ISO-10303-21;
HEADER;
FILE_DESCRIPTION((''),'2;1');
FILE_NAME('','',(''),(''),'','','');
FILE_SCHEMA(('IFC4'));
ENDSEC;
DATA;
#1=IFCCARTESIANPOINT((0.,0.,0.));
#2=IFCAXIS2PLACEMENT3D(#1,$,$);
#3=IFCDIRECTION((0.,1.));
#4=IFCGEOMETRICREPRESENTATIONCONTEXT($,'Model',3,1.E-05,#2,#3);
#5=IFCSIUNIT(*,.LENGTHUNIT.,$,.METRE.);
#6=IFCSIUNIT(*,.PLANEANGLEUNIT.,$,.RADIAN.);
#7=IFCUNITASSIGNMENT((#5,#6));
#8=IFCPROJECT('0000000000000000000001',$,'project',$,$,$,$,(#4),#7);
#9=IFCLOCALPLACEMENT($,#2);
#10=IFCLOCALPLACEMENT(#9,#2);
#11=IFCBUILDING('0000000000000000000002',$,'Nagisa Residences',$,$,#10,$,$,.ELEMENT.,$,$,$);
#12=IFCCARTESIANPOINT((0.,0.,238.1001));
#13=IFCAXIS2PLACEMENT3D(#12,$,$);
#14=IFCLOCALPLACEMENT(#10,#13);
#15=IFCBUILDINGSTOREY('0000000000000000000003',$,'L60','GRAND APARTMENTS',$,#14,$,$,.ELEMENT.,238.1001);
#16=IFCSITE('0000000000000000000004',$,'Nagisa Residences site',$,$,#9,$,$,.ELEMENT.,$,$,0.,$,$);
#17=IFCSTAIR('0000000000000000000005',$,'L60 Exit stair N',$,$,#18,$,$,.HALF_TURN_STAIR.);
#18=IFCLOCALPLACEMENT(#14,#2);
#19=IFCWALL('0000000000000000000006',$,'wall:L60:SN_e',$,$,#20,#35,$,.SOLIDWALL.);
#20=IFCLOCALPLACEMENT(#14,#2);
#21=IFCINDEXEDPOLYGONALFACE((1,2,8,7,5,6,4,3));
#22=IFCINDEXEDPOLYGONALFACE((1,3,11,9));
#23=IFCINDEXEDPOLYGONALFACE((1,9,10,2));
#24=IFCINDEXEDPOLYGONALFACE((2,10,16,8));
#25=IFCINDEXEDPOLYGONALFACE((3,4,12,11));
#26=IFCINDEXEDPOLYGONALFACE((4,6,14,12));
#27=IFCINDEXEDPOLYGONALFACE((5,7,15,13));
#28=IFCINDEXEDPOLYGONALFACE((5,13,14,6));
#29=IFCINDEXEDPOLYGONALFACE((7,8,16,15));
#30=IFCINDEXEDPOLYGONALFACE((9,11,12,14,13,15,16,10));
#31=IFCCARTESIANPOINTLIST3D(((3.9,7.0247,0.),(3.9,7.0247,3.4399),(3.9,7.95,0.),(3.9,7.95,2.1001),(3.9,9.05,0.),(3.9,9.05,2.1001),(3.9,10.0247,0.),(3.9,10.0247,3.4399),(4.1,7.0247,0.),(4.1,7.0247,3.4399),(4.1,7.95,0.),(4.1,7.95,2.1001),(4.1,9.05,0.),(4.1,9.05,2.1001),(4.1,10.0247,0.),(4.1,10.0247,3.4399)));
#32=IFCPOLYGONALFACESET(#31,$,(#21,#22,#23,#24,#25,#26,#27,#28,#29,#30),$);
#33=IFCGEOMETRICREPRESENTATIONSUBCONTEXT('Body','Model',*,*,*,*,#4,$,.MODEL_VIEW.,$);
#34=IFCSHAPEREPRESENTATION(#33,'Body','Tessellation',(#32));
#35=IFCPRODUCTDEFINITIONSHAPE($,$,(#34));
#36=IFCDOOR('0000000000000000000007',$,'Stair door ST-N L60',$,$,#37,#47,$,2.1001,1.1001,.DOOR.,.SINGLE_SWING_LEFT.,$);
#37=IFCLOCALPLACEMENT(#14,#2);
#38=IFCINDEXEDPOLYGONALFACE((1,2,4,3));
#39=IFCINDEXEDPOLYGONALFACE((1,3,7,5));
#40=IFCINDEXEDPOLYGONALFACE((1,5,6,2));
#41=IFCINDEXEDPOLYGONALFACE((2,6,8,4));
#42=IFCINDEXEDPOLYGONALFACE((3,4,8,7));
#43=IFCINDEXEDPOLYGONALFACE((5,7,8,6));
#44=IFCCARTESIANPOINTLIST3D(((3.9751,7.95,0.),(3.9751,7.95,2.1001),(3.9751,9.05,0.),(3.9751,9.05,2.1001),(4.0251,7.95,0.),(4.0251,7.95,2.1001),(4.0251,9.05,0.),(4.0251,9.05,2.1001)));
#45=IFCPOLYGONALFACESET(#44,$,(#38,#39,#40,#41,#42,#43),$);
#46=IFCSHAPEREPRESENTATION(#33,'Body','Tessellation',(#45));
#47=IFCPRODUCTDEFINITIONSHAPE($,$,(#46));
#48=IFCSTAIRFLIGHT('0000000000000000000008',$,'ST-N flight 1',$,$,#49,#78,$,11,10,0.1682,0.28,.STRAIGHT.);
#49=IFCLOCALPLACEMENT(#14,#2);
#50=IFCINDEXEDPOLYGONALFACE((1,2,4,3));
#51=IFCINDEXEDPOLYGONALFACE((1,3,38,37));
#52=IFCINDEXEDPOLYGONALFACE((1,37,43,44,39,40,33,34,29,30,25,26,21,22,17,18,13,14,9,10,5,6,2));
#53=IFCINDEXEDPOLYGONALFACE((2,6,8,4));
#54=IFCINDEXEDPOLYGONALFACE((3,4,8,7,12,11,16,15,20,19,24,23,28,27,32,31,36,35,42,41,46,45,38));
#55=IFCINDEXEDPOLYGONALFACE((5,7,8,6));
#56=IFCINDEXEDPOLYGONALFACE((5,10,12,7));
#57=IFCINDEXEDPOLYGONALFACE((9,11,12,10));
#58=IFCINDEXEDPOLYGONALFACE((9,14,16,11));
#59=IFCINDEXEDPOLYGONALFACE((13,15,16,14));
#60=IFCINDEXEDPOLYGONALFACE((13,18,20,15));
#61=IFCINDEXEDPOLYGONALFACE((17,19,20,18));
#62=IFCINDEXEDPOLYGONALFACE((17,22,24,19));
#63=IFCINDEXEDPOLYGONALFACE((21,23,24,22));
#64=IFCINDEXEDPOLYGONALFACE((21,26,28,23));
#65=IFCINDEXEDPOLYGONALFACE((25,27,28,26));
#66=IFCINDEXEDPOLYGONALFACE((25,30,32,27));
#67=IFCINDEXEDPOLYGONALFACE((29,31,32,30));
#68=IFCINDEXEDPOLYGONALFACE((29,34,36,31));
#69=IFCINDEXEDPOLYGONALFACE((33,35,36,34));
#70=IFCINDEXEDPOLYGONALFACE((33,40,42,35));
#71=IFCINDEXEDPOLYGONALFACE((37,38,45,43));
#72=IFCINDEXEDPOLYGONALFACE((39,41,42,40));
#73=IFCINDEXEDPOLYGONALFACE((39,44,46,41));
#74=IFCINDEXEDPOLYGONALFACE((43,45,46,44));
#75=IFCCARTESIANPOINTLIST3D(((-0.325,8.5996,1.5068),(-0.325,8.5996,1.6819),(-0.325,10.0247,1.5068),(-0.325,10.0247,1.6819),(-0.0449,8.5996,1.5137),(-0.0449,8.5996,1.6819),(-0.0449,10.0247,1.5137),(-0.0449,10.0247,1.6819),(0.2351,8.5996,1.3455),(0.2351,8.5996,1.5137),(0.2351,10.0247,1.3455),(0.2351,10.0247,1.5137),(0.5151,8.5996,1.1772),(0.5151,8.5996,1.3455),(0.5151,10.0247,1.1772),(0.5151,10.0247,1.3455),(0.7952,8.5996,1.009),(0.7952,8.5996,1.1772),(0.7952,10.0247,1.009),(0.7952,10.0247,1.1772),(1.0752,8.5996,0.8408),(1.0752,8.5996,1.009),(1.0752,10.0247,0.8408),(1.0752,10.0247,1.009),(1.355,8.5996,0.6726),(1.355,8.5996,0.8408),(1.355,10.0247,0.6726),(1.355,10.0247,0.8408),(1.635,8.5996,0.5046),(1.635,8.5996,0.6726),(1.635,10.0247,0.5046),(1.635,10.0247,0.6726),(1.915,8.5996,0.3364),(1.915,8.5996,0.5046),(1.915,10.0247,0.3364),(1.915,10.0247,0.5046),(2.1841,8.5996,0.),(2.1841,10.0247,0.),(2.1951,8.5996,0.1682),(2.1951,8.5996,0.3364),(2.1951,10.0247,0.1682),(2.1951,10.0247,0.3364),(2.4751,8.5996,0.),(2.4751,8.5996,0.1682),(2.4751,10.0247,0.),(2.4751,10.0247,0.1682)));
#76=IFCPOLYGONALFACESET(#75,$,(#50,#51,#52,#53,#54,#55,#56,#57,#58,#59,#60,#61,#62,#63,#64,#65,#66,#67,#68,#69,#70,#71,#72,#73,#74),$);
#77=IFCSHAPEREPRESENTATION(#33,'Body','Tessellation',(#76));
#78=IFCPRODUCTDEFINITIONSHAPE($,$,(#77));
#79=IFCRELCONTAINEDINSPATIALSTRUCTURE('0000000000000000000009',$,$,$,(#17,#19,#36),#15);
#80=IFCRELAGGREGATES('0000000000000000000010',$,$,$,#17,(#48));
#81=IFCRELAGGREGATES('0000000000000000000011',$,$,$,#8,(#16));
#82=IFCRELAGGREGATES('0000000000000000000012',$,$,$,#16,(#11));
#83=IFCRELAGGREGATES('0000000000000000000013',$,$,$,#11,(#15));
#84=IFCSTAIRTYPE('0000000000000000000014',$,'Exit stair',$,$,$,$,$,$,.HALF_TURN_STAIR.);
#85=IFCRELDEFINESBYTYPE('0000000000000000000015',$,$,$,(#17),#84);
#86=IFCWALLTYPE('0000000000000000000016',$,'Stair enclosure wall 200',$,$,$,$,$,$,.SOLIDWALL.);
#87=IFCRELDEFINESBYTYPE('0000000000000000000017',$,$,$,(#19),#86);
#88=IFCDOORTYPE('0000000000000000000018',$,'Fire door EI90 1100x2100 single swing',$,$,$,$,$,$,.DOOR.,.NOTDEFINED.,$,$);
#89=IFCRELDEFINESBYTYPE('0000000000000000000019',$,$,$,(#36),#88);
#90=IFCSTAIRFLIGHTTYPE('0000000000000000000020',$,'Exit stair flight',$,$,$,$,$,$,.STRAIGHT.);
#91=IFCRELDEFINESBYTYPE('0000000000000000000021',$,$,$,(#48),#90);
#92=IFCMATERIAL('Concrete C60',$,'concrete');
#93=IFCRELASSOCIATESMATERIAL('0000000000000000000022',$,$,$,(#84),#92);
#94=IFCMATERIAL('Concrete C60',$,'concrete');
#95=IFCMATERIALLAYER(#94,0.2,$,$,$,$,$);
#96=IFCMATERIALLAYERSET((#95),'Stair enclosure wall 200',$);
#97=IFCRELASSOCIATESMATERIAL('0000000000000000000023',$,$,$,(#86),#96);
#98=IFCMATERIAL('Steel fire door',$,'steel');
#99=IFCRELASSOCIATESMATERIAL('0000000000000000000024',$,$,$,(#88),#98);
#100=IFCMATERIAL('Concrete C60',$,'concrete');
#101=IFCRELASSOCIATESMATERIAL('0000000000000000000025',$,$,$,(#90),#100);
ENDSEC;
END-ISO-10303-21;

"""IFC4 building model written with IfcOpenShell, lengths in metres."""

from ifc_helpers import new_model, si_unit, direction, frame, frame_2d, origin, place, context, subcontext, project, spatial, polyline, rectangle, outline, extrude, material, layer, layer_set, type_object, element, fill, aggregate, save


model = new_model("IFC4")

# Units and contexts
model_context = context("Model", 3, precision=1e-05, world=origin(), true_north=direction((0.0, 1.0)))
body_context = subcontext(model_context, "Body", "Model", "MODEL_VIEW")
ifc_project = project(units=[si_unit("LENGTHUNIT", "METRE"), si_unit("PLANEANGLEUNIT", "RADIAN")], contexts=[model_context])

# Site, building, storey
site_placement = place(None, origin())
site = spatial("IfcSite", under=ifc_project, at=site_placement, Name="Nagisa Residences site", CompositionType="ELEMENT", RefElevation=0.0)
building_placement = place(site_placement, origin())
building = spatial("IfcBuilding", under=site, at=building_placement, Name="Nagisa Residences", CompositionType="ELEMENT")
storey_placement = place(building_placement, frame((0.0, 0.0, 238.1001)))
storey = spatial("IfcBuildingStorey", under=building, at=storey_placement, Name="L60", Description="GRAND APARTMENTS", CompositionType="ELEMENT", Elevation=238.1001)

# Stair
ifc_material_1 = material(Name="Concrete C60", Category="concrete")
stair_type = type_object("IfcStairType", Name="Exit stair", PredefinedType="HALF_TURN_STAIR", material=ifc_material_1)
stair_1_placement = place(storey_placement, origin())
stair_1 = element("IfcStair", 1, at=stair_1_placement, inside=storey, type_object=stair_type, Name="L60 Exit stair N", PredefinedType="HALF_TURN_STAIR")

# Wall, opening, door
ifc_material_2 = material(Name="Concrete C60", Category="concrete")
ifc_layer_1 = layer(ifc_material_2, 0.2)
ifc_layer_set_1 = layer_set([ifc_layer_1], Name="Stair enclosure wall 200")
wall_type_1 = type_object("IfcWallType", Name="Stair enclosure wall 200", PredefinedType="SOLIDWALL", material=ifc_layer_set_1)
wall_1_placement = place(storey_placement, frame((4.0, 7.0247, 0.0), z_axis=(0.0, 0.0, 1.0), x_axis=(0.0, 1.0, 0.0)))
wall_1 = element("IfcWall", 2, at=wall_1_placement, inside=storey, type_object=wall_type_1, Name="wall:L60:SN_e", PredefinedType="SOLIDWALL", context=body_context, shape_type="SweptSolid", body=[
    extrude(rectangle(XDim=3.0, YDim=0.2, at=frame_2d((1.5, 0.0))), origin(), (0.0, 0.0, 1.0), 3.4399),
])
opening_1_placement = place(wall_1_placement, frame((0.9253, 0.0, 0.0)))
opening_1 = element("IfcOpeningElement", 3, at=opening_1_placement, cuts=wall_1, PredefinedType="OPENING", context=body_context, shape_type="SweptSolid", body=[
    extrude(rectangle(XDim=1.1001, YDim=2.1001, at=frame_2d((0.55, 1.05))), frame((0.0, 0.1099, 0.0), z_axis=(0.0, -1.0, 0.0), x_axis=(1.0, 0.0, 0.0)), (0.0, 0.0, 1.0), 0.22),
])
ifc_material_3 = material(Name="Steel fire door", Category="steel")
door_type_1 = type_object("IfcDoorType", Name="Fire door EI90 1100x2100 single swing", OperationType="NOTDEFINED", PredefinedType="DOOR", material=ifc_material_3)
door_1_placement = place(opening_1_placement, origin())
door_1 = element("IfcDoor", 4, at=door_1_placement, inside=storey, type_object=door_type_1, Name="Stair door ST-N L60", OperationType="SINGLE_SWING_LEFT", OverallHeight=2.1001, OverallWidth=1.1001, PredefinedType="DOOR", context=body_context, shape_type="SweptSolid", body=[
    extrude(rectangle(XDim=1.1001, YDim=2.1001, at=frame_2d((0.55, 1.05))), frame((0.0, 0.0249, 0.0), z_axis=(0.0, -1.0, 0.0), x_axis=(1.0, 0.0, 0.0)), (0.0, 0.0, 1.0), 0.05),
])
fill(opening_1, door_1)

# Stair flight
ifc_material_4 = material(Name="Concrete C60", Category="concrete")
stair_flight_type = type_object("IfcStairFlightType", Name="Exit stair flight", PredefinedType="STRAIGHT", material=ifc_material_4)
stair_flight_placement = place(storey_placement, frame((2.4751, 9.312, 0.0), z_axis=(0.0, 0.0, 1.0), x_axis=(-1.0, 0.0, 0.0)))
stair_flight = element("IfcStairFlight", 5, at=stair_flight_placement, type_object=stair_flight_type, Name="ST-N flight 1", NumberOfRisers=11, NumberOfTreads=10, PredefinedType="STRAIGHT", RiserHeight=0.1682, TreadLength=0.28, context=body_context, shape_type="SweptSolid", body=[
    extrude(outline(polyline([(0.0, 0.0), (0.0, 0.1682), (0.28, 0.1682), (0.28, 0.3364), (0.5601, 0.3364), (0.5601, 0.5046), (0.8401, 0.5046), (0.8401, 0.6726), (1.1201, 0.6726), (1.1201, 0.8408), (1.3999, 0.8408), (1.3999, 1.009), (1.6799, 1.009), (1.6799, 1.1772), (1.96, 1.1772), (1.96, 1.3455), (2.24, 1.3455), (2.24, 1.5137), (2.52, 1.5137), (2.52, 1.6819), (2.8, 1.6819), (2.8, 1.8501), (2.8, 1.5068), (0.291, 0.0), (0.0, 0.0)])), frame((0.0, 0.7124, 0.0), z_axis=(0.0, -1.0, 0.0), x_axis=(1.0, 0.0, 0.0)), (0.0, 0.0, 1.0), 1.425),
])
aggregate(stair_1, [stair_flight])

save(model, "model.ifc")
